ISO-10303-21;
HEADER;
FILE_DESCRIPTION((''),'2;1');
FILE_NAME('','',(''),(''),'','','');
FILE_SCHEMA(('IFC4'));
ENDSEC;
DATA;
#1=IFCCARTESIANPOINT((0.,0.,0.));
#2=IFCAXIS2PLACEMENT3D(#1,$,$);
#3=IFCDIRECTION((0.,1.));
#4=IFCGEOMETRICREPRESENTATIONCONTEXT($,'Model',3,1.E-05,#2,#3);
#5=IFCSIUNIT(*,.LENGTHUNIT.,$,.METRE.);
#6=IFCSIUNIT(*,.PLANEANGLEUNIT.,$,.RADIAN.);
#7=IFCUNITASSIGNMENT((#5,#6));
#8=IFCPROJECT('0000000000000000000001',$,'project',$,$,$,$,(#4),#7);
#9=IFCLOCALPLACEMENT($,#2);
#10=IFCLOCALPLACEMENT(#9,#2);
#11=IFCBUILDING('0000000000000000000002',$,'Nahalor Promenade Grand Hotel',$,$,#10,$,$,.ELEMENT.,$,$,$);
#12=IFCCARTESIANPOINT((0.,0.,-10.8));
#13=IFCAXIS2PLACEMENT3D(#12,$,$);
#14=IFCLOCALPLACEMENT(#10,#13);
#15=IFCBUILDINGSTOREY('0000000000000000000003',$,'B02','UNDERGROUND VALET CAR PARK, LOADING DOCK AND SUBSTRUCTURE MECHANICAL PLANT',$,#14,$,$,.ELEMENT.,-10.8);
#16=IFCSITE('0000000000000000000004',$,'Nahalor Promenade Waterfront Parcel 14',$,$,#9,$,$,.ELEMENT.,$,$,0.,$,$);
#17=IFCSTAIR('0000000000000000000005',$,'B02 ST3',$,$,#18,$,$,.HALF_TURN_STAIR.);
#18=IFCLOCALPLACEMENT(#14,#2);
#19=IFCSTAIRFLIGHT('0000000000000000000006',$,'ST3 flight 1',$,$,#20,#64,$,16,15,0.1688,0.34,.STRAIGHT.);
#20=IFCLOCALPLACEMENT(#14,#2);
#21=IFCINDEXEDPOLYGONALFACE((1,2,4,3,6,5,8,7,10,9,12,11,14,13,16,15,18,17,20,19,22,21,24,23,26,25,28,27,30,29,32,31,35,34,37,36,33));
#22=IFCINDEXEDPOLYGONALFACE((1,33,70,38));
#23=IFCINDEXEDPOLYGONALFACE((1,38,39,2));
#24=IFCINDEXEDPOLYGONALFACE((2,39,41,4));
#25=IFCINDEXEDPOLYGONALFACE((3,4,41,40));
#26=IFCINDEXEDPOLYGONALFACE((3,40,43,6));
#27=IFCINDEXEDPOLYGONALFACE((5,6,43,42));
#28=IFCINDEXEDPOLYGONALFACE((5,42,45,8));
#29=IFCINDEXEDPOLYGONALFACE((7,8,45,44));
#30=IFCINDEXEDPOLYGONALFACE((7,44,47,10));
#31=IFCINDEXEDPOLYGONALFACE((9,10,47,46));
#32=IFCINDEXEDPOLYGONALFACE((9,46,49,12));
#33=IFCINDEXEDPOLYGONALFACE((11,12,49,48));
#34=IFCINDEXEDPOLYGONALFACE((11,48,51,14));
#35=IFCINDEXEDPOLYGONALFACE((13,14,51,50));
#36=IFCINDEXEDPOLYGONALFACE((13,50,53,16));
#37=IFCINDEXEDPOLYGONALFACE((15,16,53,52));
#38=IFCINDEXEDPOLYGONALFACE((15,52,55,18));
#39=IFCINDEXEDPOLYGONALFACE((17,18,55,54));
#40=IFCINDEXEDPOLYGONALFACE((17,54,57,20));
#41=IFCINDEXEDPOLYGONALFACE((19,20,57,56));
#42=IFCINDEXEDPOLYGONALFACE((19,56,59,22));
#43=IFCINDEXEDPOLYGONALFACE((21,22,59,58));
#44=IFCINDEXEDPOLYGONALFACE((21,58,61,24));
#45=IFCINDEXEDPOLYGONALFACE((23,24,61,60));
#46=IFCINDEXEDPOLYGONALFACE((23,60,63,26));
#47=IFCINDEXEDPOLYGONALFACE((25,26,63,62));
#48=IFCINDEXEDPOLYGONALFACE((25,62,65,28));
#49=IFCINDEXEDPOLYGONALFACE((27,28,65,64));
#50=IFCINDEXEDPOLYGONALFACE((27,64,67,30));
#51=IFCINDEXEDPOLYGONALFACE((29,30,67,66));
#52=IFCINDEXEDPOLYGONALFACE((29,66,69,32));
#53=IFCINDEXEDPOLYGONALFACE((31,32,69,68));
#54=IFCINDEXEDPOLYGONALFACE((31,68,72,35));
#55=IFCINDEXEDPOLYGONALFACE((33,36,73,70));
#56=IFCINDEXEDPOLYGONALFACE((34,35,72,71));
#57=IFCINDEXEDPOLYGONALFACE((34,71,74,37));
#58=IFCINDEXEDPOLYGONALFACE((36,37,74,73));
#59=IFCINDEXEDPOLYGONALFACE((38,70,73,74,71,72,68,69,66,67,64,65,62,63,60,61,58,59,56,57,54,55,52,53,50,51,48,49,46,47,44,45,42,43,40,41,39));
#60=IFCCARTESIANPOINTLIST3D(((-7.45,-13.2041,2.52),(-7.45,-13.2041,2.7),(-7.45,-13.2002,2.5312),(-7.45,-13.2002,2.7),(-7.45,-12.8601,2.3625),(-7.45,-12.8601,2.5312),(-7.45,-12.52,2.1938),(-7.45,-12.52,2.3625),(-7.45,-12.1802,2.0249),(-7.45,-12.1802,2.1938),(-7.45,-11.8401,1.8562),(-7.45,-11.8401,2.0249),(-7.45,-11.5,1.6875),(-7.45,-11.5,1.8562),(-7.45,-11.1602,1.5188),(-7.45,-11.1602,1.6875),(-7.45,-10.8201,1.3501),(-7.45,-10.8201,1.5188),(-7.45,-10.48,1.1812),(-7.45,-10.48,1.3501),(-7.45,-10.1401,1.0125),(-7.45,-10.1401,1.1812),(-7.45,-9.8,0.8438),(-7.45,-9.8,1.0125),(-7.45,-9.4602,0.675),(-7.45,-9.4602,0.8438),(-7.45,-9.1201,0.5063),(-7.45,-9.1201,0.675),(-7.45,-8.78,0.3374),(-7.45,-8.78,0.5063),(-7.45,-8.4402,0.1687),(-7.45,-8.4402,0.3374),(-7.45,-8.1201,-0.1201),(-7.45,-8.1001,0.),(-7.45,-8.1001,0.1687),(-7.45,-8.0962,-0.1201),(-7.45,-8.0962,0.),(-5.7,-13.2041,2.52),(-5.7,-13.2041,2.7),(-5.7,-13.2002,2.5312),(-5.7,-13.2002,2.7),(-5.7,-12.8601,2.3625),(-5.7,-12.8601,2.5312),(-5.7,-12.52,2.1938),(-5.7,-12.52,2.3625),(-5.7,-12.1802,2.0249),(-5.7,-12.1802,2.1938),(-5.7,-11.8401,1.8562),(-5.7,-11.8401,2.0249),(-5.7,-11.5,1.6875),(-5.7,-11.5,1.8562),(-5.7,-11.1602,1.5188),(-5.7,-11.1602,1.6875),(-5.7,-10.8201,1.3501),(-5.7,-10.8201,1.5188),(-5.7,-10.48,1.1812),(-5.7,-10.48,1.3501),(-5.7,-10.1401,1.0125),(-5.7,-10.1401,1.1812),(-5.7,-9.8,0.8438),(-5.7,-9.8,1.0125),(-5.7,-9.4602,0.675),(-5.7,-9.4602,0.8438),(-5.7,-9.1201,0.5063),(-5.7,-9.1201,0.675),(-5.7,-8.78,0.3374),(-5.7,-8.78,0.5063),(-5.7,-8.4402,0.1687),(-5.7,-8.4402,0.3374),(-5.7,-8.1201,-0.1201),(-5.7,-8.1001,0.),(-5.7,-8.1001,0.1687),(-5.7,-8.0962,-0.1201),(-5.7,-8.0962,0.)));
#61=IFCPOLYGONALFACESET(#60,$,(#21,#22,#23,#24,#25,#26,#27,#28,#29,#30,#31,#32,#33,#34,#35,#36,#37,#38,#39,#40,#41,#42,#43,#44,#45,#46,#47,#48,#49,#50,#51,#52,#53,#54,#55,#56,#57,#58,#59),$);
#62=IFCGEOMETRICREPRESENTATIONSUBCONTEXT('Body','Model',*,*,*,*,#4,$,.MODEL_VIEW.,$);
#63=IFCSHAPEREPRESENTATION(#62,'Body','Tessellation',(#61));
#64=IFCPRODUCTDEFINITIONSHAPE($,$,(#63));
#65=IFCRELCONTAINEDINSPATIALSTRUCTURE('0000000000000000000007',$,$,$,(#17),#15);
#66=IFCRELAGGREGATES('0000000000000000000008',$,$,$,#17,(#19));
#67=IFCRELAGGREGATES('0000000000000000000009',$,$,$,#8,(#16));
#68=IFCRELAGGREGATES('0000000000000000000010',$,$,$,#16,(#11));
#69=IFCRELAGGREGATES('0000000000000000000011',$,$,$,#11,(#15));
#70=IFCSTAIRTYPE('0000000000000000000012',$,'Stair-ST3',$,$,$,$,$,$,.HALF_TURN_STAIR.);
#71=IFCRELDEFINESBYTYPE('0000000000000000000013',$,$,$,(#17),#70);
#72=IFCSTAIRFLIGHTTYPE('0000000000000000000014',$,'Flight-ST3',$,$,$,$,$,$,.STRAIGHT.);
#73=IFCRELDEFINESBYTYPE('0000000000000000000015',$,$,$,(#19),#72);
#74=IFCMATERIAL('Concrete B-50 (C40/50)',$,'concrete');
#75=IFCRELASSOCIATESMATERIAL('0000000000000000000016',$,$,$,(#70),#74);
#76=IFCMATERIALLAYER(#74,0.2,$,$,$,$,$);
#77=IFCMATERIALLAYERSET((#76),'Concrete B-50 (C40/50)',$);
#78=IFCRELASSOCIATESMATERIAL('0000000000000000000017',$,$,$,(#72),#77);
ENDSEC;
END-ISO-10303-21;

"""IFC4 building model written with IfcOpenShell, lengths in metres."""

from ifc_helpers import new_model, si_unit, direction, frame, origin, place, context, subcontext, project, spatial, polyline, outline, extrude, source, transform, mapped, material, layer, layer_set, type_object, element, aggregate, save


model = new_model("IFC4")

# Units and contexts
model_context = context("Model", 3, precision=1e-05, world=origin(), true_north=direction((0.0, 1.0)))
body_context = subcontext(model_context, "Body", "Model", "MODEL_VIEW")
ifc_project = project(units=[si_unit("LENGTHUNIT", "METRE"), si_unit("PLANEANGLEUNIT", "RADIAN")], contexts=[model_context])

# Site, building, storey
site_placement = place(None, origin())
site = spatial("IfcSite", under=ifc_project, at=site_placement, Name="Nahalor Promenade Waterfront Parcel 14", CompositionType="ELEMENT", RefElevation=0.0)
building_placement = place(site_placement, origin())
building = spatial("IfcBuilding", under=site, at=building_placement, Name="Nahalor Promenade Grand Hotel", CompositionType="ELEMENT")
storey_placement = place(building_placement, frame((0.0, 0.0, -10.8)))
storey = spatial("IfcBuildingStorey", under=building, at=storey_placement, Name="B02", Description="UNDERGROUND VALET CAR PARK, LOADING DOCK AND SUBSTRUCTURE MECHANICAL PLANT", CompositionType="ELEMENT", Elevation=-10.8)

# Shared definitions
ifc_material_1 = material(Name="Concrete B-50 (C40/50)", Category="concrete")

# Stair, stair flight
stair_type = type_object("IfcStairType", Name="Stair-ST3", PredefinedType="HALF_TURN_STAIR", material=ifc_material_1)
stair_placement = place(storey_placement, origin())
stair = element("IfcStair", 1, at=stair_placement, inside=storey, type_object=stair_type, Name="B02 ST3", PredefinedType="HALF_TURN_STAIR")
ifc_layer_1 = layer(ifc_material_1, 0.2)
ifc_layer_set_1 = layer_set([ifc_layer_1], Name="Concrete B-50 (C40/50)")
stair_flight_type = type_object("IfcStairFlightType", Name="Flight-ST3", PredefinedType="STRAIGHT", material=ifc_layer_set_1)
shared_shape_1 = source(origin(), body_context, "Body", "SweptSolid", [
    extrude(outline(polyline([(-0.0039, -0.1201), (-0.0039, 0.0), (0.0, 0.0), (0.0, 0.1687), (0.3401, 0.1687), (0.3401, 0.3374), (0.6799, 0.3374), (0.6799, 0.5063), (1.02, 0.5063), (1.02, 0.675), (1.3601, 0.675), (1.3601, 0.8438), (1.7, 0.8438), (1.7, 1.0125), (2.04, 1.0125), (2.04, 1.1812), (2.3799, 1.1812), (2.3799, 1.3501), (2.72, 1.3501), (2.72, 1.5188), (3.0601, 1.5188), (3.0601, 1.6875), (3.3999, 1.6875), (3.3999, 1.8562), (3.74, 1.8562), (3.74, 2.0249), (4.0801, 2.0249), (4.0801, 2.1938), (4.4199, 2.1938), (4.4199, 2.3625), (4.76, 2.3625), (4.76, 2.5312), (5.1001, 2.5312), (5.1001, 2.7), (5.104, 2.7), (5.104, 2.52), (0.02, -0.1201), (-0.0039, -0.1201)])), frame((0.0, 0.875, 0.0), z_axis=(0.0, -1.0, 0.0), x_axis=(1.0, 0.0, 0.0)), (0.0, 0.0, 1.0), 1.75),
])
stair_flight_placement = place(storey_placement, frame((-6.575, -8.1001, 0.0), z_axis=(0.0, 0.0, 1.0), x_axis=(0.0, -1.0, 0.0)))
stair_flight = element("IfcStairFlight", 2, at=stair_flight_placement, type_object=stair_flight_type, Name="ST3 flight 1", NumberOfRisers=16, NumberOfTreads=15, PredefinedType="STRAIGHT", RiserHeight=0.1688, TreadLength=0.34, context=body_context, shape_type="MappedRepresentation", body=[
    mapped(shared_shape_1, transform((0.0, 0.0, 0.0), scale=1.0)),
])
aggregate(stair, [stair_flight])

save(model, "model.ifc")
